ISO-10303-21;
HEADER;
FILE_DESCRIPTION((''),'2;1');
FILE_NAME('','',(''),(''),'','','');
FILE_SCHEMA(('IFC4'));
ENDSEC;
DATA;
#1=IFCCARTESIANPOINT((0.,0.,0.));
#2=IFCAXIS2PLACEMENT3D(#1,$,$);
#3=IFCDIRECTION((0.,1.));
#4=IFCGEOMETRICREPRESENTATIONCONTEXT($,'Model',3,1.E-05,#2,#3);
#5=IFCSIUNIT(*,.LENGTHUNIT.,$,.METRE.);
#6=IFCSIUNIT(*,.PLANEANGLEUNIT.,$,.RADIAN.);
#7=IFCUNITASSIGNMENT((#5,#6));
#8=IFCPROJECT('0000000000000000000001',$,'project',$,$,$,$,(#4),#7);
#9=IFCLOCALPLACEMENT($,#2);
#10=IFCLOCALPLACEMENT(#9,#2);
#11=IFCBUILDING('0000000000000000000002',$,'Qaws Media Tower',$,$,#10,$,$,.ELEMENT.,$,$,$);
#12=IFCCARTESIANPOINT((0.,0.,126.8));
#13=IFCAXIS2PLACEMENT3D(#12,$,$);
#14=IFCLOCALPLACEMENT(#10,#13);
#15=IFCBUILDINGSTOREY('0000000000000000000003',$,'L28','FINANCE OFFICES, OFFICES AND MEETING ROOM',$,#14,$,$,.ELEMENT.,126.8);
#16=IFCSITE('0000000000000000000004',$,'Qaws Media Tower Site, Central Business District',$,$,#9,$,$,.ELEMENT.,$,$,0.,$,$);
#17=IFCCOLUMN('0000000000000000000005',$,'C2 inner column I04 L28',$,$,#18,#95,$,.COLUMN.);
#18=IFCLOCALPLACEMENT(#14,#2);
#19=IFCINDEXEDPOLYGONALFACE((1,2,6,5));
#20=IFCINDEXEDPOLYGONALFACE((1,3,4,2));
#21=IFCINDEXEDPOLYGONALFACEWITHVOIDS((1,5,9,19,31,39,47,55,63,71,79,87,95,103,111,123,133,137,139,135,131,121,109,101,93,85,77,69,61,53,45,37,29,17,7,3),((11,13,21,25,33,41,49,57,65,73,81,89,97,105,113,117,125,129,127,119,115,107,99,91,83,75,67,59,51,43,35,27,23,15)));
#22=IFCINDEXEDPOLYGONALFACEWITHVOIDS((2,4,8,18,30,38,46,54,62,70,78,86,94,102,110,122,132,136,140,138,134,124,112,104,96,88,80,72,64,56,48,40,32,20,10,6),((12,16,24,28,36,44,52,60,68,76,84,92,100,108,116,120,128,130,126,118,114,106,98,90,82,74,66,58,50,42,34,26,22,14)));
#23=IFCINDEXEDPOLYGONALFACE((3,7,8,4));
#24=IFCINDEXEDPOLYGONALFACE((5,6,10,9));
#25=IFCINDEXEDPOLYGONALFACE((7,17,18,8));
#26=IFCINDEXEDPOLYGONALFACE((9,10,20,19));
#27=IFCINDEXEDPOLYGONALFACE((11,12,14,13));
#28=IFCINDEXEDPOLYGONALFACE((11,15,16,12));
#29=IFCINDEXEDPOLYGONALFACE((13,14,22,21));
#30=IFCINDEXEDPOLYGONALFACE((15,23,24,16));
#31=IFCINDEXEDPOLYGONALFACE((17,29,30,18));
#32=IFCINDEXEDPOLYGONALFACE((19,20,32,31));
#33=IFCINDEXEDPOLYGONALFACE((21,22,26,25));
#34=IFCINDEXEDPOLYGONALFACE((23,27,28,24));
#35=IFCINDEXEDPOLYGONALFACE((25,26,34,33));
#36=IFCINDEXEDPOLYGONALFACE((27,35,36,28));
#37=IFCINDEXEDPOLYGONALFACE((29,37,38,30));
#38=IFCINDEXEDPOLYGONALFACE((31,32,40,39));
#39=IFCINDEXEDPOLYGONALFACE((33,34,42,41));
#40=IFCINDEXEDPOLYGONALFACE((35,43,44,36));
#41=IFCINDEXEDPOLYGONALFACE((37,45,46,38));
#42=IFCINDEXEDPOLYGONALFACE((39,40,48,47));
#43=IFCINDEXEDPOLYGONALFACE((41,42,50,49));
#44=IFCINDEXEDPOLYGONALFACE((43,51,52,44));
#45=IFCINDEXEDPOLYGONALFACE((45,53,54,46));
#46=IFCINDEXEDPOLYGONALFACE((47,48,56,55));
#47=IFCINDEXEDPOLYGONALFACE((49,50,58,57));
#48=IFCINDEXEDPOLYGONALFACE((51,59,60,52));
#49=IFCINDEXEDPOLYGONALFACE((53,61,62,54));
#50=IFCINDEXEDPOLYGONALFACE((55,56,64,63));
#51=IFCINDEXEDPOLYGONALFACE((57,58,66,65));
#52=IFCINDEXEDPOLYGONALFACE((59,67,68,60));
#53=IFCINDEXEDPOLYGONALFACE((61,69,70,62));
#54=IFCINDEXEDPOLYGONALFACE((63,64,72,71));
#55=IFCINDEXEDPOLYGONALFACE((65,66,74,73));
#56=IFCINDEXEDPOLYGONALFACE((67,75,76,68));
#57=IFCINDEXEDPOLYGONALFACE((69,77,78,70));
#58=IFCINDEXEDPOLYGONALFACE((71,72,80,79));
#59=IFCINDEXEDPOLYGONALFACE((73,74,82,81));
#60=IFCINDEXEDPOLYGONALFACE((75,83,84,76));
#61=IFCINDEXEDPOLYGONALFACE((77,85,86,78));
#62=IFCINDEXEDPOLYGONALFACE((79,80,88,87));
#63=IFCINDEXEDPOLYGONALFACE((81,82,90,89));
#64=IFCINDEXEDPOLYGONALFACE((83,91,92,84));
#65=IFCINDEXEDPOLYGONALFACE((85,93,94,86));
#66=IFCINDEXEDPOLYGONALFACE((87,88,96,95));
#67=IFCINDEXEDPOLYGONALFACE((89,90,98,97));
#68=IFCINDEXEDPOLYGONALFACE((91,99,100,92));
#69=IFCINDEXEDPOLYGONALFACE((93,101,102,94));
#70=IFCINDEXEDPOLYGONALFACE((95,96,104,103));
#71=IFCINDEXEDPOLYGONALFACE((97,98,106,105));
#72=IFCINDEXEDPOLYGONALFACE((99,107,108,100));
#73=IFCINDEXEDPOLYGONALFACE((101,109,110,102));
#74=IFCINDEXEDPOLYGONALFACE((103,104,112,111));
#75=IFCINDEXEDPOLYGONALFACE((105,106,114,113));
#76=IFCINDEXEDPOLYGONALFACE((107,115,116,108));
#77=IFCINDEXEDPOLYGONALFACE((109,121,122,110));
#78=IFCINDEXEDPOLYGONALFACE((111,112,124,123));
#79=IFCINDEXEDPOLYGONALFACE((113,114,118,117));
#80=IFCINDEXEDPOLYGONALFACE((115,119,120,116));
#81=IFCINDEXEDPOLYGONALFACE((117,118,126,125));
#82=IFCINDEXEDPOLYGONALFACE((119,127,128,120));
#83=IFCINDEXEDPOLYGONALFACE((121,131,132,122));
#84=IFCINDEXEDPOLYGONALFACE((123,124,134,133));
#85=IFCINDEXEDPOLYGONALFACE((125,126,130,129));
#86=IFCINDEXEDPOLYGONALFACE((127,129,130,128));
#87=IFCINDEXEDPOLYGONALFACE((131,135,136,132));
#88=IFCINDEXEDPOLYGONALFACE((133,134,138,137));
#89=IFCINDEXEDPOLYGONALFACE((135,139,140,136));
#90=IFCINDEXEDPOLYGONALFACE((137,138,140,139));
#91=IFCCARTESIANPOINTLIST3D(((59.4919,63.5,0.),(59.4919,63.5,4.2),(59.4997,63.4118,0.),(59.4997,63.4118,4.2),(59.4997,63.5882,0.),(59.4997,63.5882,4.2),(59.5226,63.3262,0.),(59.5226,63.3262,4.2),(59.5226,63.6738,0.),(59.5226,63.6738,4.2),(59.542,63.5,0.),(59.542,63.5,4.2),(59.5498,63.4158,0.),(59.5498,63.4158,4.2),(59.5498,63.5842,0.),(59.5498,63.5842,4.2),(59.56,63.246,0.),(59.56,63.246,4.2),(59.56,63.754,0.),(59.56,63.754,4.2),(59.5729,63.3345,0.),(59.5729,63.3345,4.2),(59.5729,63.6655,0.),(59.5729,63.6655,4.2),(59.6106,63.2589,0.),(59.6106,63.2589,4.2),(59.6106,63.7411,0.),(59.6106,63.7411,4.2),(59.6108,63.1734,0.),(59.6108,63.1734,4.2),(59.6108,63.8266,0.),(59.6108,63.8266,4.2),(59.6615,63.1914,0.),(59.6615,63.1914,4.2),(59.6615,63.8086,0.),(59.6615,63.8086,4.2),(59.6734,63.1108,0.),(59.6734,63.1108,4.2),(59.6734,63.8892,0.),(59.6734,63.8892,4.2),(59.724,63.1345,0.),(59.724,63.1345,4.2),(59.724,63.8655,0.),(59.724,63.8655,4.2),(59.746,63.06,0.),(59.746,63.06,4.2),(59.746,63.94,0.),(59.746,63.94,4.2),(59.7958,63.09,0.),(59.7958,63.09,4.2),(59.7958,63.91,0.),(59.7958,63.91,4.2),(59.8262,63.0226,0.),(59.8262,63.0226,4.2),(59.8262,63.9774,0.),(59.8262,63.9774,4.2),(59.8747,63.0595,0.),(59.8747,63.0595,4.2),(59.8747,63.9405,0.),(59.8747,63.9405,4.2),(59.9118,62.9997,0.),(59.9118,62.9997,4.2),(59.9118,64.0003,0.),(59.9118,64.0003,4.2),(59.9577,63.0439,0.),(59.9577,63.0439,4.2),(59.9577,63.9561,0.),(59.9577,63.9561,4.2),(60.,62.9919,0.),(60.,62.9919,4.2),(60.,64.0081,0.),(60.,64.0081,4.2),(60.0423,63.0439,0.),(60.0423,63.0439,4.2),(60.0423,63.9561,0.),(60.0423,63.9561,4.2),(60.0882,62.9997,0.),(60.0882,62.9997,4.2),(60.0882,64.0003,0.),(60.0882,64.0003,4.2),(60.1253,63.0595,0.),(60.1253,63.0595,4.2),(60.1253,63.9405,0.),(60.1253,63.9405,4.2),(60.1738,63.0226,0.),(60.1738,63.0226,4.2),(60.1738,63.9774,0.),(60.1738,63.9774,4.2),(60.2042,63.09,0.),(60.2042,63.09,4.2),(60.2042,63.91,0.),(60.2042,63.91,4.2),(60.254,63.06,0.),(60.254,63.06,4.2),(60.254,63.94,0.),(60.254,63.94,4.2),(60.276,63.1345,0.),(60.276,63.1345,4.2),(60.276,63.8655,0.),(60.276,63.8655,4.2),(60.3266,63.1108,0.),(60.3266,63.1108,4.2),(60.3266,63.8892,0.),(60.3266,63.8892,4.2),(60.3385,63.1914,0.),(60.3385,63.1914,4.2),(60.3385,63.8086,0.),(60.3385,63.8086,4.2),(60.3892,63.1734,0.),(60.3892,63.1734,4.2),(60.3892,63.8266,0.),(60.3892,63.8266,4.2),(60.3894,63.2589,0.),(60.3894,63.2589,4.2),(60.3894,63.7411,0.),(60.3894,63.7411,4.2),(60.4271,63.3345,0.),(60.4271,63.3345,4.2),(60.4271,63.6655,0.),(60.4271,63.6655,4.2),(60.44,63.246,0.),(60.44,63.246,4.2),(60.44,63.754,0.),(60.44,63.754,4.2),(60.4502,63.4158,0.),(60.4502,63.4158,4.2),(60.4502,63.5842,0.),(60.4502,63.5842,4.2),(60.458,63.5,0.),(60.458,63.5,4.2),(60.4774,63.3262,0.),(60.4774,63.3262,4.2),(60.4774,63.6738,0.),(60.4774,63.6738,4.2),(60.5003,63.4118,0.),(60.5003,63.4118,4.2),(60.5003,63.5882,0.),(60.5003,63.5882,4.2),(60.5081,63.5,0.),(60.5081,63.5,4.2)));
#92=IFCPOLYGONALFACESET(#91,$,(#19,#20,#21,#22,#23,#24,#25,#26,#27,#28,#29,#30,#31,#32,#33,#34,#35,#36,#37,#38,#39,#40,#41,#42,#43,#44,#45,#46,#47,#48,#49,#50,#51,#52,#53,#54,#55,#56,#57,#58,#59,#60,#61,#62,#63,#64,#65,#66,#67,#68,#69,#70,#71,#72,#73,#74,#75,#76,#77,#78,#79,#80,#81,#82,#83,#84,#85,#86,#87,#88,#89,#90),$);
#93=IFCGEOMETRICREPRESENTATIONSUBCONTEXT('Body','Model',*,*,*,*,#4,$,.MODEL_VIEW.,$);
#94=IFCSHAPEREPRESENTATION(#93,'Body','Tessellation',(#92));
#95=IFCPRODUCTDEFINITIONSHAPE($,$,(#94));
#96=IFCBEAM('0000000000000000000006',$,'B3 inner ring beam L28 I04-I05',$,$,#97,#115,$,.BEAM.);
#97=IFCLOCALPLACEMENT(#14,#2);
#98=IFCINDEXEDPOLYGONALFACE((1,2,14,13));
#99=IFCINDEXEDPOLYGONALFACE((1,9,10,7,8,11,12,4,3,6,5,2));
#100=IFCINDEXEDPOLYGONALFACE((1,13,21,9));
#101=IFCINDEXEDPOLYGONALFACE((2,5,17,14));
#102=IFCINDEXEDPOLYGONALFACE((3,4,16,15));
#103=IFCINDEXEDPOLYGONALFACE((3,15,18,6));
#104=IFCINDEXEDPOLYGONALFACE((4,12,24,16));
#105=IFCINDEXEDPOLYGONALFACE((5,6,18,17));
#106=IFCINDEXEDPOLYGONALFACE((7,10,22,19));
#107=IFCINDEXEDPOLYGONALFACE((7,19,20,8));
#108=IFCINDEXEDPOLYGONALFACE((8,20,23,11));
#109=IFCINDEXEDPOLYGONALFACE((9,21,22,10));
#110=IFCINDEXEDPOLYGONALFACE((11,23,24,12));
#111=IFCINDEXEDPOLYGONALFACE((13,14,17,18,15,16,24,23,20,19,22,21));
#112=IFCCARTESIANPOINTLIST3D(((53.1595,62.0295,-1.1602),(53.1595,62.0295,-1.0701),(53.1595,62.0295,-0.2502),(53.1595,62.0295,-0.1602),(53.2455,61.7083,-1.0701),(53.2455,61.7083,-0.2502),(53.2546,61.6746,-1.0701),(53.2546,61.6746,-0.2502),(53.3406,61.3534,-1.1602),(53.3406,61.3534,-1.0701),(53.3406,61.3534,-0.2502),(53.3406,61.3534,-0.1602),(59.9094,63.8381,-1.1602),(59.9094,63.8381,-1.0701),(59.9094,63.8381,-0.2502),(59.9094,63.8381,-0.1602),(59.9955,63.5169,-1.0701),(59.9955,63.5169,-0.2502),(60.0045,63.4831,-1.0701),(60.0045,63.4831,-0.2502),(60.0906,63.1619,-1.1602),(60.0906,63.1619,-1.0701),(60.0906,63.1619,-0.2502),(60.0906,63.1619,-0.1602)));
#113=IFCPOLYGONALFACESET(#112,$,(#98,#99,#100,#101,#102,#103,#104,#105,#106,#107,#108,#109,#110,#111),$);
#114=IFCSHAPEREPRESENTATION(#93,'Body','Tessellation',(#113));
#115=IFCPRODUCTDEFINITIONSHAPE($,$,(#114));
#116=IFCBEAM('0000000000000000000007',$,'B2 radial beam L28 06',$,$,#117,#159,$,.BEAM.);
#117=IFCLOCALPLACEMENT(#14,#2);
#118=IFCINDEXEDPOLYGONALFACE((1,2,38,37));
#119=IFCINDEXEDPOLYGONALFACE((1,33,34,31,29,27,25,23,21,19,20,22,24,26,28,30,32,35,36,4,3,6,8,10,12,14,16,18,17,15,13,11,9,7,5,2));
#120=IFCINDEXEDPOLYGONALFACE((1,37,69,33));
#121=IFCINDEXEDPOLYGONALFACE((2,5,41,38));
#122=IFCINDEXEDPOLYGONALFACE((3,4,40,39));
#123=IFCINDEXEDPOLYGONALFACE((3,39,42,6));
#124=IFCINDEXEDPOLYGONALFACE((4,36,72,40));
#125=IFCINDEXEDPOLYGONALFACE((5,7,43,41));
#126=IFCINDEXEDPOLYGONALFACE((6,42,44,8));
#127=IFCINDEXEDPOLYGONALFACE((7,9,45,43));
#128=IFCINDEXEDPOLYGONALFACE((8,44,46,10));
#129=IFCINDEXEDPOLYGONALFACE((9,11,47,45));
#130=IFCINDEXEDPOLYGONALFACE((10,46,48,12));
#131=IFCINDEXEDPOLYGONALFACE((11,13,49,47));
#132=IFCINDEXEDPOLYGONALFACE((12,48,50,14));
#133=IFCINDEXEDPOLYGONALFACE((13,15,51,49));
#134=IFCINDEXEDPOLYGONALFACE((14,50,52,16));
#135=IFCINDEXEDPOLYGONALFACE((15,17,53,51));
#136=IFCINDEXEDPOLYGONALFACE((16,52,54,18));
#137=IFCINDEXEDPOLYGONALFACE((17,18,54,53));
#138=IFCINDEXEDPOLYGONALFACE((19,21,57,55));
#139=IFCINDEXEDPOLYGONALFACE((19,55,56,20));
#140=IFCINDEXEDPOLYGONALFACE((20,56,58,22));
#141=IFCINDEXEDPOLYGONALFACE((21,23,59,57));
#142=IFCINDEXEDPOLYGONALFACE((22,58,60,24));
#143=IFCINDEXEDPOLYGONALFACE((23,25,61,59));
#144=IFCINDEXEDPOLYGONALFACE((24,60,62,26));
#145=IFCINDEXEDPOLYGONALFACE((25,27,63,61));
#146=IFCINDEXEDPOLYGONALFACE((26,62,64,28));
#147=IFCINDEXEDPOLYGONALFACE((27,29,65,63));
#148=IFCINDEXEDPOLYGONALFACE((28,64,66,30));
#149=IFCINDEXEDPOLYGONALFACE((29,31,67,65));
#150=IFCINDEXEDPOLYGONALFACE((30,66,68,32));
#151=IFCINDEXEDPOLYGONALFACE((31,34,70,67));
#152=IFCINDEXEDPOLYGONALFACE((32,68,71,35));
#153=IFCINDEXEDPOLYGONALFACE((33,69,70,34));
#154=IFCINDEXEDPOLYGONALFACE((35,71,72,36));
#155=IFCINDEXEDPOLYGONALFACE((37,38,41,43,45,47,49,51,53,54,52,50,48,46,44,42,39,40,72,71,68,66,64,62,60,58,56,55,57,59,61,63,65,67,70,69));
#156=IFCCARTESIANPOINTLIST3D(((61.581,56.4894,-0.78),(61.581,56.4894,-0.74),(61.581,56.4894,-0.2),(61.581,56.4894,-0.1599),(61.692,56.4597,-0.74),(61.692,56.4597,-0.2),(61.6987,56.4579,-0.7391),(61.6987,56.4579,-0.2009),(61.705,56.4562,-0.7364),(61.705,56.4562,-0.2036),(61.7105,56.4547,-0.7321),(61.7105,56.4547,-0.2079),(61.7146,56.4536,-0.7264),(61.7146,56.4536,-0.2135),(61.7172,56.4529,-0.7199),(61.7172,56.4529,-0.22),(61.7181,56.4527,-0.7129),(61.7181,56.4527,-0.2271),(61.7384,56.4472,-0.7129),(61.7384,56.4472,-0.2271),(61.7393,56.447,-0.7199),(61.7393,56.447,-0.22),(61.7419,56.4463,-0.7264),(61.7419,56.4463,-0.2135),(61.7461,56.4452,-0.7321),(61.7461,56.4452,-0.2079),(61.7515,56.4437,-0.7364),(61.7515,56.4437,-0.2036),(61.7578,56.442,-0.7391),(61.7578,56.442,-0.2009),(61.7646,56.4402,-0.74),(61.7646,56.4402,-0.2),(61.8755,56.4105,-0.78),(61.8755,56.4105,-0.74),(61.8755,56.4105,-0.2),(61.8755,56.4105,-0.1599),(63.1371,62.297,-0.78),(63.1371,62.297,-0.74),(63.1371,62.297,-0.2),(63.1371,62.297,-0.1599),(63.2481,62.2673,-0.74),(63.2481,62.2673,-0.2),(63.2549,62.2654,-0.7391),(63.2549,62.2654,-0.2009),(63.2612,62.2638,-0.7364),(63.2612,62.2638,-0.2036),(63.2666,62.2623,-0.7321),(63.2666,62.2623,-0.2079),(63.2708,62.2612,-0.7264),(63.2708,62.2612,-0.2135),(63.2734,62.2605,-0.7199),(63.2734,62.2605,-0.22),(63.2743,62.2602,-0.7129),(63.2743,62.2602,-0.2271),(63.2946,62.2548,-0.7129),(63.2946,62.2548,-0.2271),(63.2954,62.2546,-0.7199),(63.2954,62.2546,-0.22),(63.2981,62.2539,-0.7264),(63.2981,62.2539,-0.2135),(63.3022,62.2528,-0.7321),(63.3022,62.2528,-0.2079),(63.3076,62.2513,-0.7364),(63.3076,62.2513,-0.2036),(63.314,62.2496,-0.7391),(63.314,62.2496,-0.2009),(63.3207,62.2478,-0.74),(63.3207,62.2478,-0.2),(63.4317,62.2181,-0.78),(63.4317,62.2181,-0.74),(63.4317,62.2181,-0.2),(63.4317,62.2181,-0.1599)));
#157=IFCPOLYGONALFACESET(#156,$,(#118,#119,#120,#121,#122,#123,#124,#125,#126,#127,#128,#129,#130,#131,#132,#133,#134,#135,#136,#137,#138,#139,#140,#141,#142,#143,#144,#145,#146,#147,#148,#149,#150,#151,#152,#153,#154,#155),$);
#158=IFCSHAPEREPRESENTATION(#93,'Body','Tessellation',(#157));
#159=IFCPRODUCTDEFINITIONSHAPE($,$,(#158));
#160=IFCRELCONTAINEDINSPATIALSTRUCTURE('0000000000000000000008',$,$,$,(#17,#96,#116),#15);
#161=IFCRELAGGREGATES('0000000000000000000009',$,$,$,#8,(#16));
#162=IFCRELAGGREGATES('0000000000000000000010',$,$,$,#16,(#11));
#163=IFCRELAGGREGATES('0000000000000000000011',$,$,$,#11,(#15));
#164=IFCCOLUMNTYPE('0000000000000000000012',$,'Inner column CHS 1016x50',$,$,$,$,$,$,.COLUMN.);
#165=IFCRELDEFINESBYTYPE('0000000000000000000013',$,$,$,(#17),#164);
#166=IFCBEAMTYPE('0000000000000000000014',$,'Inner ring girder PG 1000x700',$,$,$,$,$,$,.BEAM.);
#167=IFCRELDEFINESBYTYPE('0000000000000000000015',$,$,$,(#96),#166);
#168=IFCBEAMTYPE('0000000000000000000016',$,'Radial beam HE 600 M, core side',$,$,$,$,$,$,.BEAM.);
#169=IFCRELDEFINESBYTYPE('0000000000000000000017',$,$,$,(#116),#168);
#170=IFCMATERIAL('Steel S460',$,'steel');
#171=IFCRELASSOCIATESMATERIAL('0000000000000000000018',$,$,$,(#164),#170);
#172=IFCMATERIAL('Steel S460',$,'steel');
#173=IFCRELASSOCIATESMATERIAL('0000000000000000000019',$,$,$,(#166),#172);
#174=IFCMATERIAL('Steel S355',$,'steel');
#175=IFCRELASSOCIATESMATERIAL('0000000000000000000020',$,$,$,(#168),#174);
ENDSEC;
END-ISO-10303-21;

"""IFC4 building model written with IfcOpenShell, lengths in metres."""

from ifc_helpers import new_model, si_unit, direction, frame, origin, origin_2d, place, context, subcontext, project, spatial, hollow_circle, i_section, extrude, material, material_profile, profile_set, type_object, element, save


model = new_model("IFC4")

# Units and contexts
model_context = context("Model", 3, precision=1e-05, world=origin(), true_north=direction((0.0, 1.0)))
body_context = subcontext(model_context, "Body", "Model", "MODEL_VIEW")
ifc_project = project(units=[si_unit("LENGTHUNIT", "METRE"), si_unit("PLANEANGLEUNIT", "RADIAN")], contexts=[model_context])

# Site, building, storey
site_placement = place(None, origin())
site = spatial("IfcSite", under=ifc_project, at=site_placement, Name="Qaws Media Tower Site, Central Business District", CompositionType="ELEMENT", RefElevation=0.0)
building_placement = place(site_placement, origin())
building = spatial("IfcBuilding", under=site, at=building_placement, Name="Qaws Media Tower", CompositionType="ELEMENT")
storey_placement = place(building_placement, frame((0.0, 0.0, 126.8)))
storey = spatial("IfcBuildingStorey", under=building, at=storey_placement, Name="L28", Description="FINANCE OFFICES, OFFICES AND MEETING ROOM", CompositionType="ELEMENT", Elevation=126.8)

# Column
ifc_material_1 = material(Name="Steel S460", Category="steel")
ifc_material_profile_1 = material_profile(ifc_material_1, hollow_circle(Radius=0.5081, WallThickness=0.05, at=origin_2d()), Name="CHS 1016x50")
ifc_profile_set_1 = profile_set([ifc_material_profile_1], Name="Steel S460")
column_type = type_object("IfcColumnType", Name="Inner column CHS 1016x50", PredefinedType="COLUMN", material=ifc_profile_set_1)
column_placement = place(storey_placement, frame((60.0, 63.5, 0.0), z_axis=(0.0, 0.0, 1.0), x_axis=(1.0, 0.0, 0.0)))
element("IfcColumn", 1, at=column_placement, inside=storey, type_object=column_type, Name="C2 inner column I04 L28", PredefinedType="COLUMN", context=body_context, shape_type="SweptSolid", body=[
    extrude(hollow_circle(Radius=0.5081, WallThickness=0.05, at=origin_2d()), origin(), (0.0, 0.0, 1.0), 4.2),
])

# Beams
ifc_material_2 = material(Name="Steel S460", Category="steel")
ifc_material_profile_2 = material_profile(ifc_material_2, i_section(OverallWidth=0.7, OverallDepth=1.0, WebThickness=0.0349, FlangeThickness=0.0901, at=origin_2d()), Name="PG 1000x700")
ifc_profile_set_2 = profile_set([ifc_material_profile_2], Name="Steel S460")
beam_type_1 = type_object("IfcBeamType", Name="Inner ring girder PG 1000x700", PredefinedType="BEAM", material=ifc_profile_set_2)
beam_1_placement = place(storey_placement, frame((60.0, 63.5, -0.6602), z_axis=(-0.965928, -0.258811, 0.0), x_axis=(0.258811, -0.965928, 0.0)))
element("IfcBeam", 2, at=beam_1_placement, inside=storey, type_object=beam_type_1, Name="B3 inner ring beam L28 I04-I05", PredefinedType="BEAM", context=body_context, shape_type="SweptSolid", body=[
    extrude(i_section(OverallWidth=0.7, OverallDepth=1.0, WebThickness=0.0349, FlangeThickness=0.0901, at=origin_2d()), origin(), (0.0, 0.0, 1.0), 6.988),
])
ifc_material_3 = material(Name="Steel S355", Category="steel")
ifc_material_profile_3 = material_profile(ifc_material_3, i_section(OverallWidth=0.3049, OverallDepth=0.6201, WebThickness=0.021, FlangeThickness=0.04, FilletRadius=0.0271, at=origin_2d()), Name="HE 600 M")
ifc_profile_set_3 = profile_set([ifc_material_profile_3], Name="Steel S355")
beam_type_2 = type_object("IfcBeamType", Name="Radial beam HE 600 M, core side", PredefinedType="BEAM", material=ifc_profile_set_3)
beam_2_placement = place(storey_placement, frame((61.7283, 56.45, -0.47), z_axis=(0.25882, 0.965926, 0.0), x_axis=(-0.965926, 0.25882, 0.0)))
element("IfcBeam", 3, at=beam_2_placement, inside=storey, type_object=beam_type_2, Name="B2 radial beam L28 06", PredefinedType="BEAM", context=body_context, shape_type="SweptSolid", body=[
    extrude(i_section(OverallWidth=0.3049, OverallDepth=0.6201, WebThickness=0.021, FlangeThickness=0.04, FilletRadius=0.0271, at=origin_2d()), origin(), (0.0, 0.0, 1.0), 6.0125),
])

save(model, "model.ifc")
